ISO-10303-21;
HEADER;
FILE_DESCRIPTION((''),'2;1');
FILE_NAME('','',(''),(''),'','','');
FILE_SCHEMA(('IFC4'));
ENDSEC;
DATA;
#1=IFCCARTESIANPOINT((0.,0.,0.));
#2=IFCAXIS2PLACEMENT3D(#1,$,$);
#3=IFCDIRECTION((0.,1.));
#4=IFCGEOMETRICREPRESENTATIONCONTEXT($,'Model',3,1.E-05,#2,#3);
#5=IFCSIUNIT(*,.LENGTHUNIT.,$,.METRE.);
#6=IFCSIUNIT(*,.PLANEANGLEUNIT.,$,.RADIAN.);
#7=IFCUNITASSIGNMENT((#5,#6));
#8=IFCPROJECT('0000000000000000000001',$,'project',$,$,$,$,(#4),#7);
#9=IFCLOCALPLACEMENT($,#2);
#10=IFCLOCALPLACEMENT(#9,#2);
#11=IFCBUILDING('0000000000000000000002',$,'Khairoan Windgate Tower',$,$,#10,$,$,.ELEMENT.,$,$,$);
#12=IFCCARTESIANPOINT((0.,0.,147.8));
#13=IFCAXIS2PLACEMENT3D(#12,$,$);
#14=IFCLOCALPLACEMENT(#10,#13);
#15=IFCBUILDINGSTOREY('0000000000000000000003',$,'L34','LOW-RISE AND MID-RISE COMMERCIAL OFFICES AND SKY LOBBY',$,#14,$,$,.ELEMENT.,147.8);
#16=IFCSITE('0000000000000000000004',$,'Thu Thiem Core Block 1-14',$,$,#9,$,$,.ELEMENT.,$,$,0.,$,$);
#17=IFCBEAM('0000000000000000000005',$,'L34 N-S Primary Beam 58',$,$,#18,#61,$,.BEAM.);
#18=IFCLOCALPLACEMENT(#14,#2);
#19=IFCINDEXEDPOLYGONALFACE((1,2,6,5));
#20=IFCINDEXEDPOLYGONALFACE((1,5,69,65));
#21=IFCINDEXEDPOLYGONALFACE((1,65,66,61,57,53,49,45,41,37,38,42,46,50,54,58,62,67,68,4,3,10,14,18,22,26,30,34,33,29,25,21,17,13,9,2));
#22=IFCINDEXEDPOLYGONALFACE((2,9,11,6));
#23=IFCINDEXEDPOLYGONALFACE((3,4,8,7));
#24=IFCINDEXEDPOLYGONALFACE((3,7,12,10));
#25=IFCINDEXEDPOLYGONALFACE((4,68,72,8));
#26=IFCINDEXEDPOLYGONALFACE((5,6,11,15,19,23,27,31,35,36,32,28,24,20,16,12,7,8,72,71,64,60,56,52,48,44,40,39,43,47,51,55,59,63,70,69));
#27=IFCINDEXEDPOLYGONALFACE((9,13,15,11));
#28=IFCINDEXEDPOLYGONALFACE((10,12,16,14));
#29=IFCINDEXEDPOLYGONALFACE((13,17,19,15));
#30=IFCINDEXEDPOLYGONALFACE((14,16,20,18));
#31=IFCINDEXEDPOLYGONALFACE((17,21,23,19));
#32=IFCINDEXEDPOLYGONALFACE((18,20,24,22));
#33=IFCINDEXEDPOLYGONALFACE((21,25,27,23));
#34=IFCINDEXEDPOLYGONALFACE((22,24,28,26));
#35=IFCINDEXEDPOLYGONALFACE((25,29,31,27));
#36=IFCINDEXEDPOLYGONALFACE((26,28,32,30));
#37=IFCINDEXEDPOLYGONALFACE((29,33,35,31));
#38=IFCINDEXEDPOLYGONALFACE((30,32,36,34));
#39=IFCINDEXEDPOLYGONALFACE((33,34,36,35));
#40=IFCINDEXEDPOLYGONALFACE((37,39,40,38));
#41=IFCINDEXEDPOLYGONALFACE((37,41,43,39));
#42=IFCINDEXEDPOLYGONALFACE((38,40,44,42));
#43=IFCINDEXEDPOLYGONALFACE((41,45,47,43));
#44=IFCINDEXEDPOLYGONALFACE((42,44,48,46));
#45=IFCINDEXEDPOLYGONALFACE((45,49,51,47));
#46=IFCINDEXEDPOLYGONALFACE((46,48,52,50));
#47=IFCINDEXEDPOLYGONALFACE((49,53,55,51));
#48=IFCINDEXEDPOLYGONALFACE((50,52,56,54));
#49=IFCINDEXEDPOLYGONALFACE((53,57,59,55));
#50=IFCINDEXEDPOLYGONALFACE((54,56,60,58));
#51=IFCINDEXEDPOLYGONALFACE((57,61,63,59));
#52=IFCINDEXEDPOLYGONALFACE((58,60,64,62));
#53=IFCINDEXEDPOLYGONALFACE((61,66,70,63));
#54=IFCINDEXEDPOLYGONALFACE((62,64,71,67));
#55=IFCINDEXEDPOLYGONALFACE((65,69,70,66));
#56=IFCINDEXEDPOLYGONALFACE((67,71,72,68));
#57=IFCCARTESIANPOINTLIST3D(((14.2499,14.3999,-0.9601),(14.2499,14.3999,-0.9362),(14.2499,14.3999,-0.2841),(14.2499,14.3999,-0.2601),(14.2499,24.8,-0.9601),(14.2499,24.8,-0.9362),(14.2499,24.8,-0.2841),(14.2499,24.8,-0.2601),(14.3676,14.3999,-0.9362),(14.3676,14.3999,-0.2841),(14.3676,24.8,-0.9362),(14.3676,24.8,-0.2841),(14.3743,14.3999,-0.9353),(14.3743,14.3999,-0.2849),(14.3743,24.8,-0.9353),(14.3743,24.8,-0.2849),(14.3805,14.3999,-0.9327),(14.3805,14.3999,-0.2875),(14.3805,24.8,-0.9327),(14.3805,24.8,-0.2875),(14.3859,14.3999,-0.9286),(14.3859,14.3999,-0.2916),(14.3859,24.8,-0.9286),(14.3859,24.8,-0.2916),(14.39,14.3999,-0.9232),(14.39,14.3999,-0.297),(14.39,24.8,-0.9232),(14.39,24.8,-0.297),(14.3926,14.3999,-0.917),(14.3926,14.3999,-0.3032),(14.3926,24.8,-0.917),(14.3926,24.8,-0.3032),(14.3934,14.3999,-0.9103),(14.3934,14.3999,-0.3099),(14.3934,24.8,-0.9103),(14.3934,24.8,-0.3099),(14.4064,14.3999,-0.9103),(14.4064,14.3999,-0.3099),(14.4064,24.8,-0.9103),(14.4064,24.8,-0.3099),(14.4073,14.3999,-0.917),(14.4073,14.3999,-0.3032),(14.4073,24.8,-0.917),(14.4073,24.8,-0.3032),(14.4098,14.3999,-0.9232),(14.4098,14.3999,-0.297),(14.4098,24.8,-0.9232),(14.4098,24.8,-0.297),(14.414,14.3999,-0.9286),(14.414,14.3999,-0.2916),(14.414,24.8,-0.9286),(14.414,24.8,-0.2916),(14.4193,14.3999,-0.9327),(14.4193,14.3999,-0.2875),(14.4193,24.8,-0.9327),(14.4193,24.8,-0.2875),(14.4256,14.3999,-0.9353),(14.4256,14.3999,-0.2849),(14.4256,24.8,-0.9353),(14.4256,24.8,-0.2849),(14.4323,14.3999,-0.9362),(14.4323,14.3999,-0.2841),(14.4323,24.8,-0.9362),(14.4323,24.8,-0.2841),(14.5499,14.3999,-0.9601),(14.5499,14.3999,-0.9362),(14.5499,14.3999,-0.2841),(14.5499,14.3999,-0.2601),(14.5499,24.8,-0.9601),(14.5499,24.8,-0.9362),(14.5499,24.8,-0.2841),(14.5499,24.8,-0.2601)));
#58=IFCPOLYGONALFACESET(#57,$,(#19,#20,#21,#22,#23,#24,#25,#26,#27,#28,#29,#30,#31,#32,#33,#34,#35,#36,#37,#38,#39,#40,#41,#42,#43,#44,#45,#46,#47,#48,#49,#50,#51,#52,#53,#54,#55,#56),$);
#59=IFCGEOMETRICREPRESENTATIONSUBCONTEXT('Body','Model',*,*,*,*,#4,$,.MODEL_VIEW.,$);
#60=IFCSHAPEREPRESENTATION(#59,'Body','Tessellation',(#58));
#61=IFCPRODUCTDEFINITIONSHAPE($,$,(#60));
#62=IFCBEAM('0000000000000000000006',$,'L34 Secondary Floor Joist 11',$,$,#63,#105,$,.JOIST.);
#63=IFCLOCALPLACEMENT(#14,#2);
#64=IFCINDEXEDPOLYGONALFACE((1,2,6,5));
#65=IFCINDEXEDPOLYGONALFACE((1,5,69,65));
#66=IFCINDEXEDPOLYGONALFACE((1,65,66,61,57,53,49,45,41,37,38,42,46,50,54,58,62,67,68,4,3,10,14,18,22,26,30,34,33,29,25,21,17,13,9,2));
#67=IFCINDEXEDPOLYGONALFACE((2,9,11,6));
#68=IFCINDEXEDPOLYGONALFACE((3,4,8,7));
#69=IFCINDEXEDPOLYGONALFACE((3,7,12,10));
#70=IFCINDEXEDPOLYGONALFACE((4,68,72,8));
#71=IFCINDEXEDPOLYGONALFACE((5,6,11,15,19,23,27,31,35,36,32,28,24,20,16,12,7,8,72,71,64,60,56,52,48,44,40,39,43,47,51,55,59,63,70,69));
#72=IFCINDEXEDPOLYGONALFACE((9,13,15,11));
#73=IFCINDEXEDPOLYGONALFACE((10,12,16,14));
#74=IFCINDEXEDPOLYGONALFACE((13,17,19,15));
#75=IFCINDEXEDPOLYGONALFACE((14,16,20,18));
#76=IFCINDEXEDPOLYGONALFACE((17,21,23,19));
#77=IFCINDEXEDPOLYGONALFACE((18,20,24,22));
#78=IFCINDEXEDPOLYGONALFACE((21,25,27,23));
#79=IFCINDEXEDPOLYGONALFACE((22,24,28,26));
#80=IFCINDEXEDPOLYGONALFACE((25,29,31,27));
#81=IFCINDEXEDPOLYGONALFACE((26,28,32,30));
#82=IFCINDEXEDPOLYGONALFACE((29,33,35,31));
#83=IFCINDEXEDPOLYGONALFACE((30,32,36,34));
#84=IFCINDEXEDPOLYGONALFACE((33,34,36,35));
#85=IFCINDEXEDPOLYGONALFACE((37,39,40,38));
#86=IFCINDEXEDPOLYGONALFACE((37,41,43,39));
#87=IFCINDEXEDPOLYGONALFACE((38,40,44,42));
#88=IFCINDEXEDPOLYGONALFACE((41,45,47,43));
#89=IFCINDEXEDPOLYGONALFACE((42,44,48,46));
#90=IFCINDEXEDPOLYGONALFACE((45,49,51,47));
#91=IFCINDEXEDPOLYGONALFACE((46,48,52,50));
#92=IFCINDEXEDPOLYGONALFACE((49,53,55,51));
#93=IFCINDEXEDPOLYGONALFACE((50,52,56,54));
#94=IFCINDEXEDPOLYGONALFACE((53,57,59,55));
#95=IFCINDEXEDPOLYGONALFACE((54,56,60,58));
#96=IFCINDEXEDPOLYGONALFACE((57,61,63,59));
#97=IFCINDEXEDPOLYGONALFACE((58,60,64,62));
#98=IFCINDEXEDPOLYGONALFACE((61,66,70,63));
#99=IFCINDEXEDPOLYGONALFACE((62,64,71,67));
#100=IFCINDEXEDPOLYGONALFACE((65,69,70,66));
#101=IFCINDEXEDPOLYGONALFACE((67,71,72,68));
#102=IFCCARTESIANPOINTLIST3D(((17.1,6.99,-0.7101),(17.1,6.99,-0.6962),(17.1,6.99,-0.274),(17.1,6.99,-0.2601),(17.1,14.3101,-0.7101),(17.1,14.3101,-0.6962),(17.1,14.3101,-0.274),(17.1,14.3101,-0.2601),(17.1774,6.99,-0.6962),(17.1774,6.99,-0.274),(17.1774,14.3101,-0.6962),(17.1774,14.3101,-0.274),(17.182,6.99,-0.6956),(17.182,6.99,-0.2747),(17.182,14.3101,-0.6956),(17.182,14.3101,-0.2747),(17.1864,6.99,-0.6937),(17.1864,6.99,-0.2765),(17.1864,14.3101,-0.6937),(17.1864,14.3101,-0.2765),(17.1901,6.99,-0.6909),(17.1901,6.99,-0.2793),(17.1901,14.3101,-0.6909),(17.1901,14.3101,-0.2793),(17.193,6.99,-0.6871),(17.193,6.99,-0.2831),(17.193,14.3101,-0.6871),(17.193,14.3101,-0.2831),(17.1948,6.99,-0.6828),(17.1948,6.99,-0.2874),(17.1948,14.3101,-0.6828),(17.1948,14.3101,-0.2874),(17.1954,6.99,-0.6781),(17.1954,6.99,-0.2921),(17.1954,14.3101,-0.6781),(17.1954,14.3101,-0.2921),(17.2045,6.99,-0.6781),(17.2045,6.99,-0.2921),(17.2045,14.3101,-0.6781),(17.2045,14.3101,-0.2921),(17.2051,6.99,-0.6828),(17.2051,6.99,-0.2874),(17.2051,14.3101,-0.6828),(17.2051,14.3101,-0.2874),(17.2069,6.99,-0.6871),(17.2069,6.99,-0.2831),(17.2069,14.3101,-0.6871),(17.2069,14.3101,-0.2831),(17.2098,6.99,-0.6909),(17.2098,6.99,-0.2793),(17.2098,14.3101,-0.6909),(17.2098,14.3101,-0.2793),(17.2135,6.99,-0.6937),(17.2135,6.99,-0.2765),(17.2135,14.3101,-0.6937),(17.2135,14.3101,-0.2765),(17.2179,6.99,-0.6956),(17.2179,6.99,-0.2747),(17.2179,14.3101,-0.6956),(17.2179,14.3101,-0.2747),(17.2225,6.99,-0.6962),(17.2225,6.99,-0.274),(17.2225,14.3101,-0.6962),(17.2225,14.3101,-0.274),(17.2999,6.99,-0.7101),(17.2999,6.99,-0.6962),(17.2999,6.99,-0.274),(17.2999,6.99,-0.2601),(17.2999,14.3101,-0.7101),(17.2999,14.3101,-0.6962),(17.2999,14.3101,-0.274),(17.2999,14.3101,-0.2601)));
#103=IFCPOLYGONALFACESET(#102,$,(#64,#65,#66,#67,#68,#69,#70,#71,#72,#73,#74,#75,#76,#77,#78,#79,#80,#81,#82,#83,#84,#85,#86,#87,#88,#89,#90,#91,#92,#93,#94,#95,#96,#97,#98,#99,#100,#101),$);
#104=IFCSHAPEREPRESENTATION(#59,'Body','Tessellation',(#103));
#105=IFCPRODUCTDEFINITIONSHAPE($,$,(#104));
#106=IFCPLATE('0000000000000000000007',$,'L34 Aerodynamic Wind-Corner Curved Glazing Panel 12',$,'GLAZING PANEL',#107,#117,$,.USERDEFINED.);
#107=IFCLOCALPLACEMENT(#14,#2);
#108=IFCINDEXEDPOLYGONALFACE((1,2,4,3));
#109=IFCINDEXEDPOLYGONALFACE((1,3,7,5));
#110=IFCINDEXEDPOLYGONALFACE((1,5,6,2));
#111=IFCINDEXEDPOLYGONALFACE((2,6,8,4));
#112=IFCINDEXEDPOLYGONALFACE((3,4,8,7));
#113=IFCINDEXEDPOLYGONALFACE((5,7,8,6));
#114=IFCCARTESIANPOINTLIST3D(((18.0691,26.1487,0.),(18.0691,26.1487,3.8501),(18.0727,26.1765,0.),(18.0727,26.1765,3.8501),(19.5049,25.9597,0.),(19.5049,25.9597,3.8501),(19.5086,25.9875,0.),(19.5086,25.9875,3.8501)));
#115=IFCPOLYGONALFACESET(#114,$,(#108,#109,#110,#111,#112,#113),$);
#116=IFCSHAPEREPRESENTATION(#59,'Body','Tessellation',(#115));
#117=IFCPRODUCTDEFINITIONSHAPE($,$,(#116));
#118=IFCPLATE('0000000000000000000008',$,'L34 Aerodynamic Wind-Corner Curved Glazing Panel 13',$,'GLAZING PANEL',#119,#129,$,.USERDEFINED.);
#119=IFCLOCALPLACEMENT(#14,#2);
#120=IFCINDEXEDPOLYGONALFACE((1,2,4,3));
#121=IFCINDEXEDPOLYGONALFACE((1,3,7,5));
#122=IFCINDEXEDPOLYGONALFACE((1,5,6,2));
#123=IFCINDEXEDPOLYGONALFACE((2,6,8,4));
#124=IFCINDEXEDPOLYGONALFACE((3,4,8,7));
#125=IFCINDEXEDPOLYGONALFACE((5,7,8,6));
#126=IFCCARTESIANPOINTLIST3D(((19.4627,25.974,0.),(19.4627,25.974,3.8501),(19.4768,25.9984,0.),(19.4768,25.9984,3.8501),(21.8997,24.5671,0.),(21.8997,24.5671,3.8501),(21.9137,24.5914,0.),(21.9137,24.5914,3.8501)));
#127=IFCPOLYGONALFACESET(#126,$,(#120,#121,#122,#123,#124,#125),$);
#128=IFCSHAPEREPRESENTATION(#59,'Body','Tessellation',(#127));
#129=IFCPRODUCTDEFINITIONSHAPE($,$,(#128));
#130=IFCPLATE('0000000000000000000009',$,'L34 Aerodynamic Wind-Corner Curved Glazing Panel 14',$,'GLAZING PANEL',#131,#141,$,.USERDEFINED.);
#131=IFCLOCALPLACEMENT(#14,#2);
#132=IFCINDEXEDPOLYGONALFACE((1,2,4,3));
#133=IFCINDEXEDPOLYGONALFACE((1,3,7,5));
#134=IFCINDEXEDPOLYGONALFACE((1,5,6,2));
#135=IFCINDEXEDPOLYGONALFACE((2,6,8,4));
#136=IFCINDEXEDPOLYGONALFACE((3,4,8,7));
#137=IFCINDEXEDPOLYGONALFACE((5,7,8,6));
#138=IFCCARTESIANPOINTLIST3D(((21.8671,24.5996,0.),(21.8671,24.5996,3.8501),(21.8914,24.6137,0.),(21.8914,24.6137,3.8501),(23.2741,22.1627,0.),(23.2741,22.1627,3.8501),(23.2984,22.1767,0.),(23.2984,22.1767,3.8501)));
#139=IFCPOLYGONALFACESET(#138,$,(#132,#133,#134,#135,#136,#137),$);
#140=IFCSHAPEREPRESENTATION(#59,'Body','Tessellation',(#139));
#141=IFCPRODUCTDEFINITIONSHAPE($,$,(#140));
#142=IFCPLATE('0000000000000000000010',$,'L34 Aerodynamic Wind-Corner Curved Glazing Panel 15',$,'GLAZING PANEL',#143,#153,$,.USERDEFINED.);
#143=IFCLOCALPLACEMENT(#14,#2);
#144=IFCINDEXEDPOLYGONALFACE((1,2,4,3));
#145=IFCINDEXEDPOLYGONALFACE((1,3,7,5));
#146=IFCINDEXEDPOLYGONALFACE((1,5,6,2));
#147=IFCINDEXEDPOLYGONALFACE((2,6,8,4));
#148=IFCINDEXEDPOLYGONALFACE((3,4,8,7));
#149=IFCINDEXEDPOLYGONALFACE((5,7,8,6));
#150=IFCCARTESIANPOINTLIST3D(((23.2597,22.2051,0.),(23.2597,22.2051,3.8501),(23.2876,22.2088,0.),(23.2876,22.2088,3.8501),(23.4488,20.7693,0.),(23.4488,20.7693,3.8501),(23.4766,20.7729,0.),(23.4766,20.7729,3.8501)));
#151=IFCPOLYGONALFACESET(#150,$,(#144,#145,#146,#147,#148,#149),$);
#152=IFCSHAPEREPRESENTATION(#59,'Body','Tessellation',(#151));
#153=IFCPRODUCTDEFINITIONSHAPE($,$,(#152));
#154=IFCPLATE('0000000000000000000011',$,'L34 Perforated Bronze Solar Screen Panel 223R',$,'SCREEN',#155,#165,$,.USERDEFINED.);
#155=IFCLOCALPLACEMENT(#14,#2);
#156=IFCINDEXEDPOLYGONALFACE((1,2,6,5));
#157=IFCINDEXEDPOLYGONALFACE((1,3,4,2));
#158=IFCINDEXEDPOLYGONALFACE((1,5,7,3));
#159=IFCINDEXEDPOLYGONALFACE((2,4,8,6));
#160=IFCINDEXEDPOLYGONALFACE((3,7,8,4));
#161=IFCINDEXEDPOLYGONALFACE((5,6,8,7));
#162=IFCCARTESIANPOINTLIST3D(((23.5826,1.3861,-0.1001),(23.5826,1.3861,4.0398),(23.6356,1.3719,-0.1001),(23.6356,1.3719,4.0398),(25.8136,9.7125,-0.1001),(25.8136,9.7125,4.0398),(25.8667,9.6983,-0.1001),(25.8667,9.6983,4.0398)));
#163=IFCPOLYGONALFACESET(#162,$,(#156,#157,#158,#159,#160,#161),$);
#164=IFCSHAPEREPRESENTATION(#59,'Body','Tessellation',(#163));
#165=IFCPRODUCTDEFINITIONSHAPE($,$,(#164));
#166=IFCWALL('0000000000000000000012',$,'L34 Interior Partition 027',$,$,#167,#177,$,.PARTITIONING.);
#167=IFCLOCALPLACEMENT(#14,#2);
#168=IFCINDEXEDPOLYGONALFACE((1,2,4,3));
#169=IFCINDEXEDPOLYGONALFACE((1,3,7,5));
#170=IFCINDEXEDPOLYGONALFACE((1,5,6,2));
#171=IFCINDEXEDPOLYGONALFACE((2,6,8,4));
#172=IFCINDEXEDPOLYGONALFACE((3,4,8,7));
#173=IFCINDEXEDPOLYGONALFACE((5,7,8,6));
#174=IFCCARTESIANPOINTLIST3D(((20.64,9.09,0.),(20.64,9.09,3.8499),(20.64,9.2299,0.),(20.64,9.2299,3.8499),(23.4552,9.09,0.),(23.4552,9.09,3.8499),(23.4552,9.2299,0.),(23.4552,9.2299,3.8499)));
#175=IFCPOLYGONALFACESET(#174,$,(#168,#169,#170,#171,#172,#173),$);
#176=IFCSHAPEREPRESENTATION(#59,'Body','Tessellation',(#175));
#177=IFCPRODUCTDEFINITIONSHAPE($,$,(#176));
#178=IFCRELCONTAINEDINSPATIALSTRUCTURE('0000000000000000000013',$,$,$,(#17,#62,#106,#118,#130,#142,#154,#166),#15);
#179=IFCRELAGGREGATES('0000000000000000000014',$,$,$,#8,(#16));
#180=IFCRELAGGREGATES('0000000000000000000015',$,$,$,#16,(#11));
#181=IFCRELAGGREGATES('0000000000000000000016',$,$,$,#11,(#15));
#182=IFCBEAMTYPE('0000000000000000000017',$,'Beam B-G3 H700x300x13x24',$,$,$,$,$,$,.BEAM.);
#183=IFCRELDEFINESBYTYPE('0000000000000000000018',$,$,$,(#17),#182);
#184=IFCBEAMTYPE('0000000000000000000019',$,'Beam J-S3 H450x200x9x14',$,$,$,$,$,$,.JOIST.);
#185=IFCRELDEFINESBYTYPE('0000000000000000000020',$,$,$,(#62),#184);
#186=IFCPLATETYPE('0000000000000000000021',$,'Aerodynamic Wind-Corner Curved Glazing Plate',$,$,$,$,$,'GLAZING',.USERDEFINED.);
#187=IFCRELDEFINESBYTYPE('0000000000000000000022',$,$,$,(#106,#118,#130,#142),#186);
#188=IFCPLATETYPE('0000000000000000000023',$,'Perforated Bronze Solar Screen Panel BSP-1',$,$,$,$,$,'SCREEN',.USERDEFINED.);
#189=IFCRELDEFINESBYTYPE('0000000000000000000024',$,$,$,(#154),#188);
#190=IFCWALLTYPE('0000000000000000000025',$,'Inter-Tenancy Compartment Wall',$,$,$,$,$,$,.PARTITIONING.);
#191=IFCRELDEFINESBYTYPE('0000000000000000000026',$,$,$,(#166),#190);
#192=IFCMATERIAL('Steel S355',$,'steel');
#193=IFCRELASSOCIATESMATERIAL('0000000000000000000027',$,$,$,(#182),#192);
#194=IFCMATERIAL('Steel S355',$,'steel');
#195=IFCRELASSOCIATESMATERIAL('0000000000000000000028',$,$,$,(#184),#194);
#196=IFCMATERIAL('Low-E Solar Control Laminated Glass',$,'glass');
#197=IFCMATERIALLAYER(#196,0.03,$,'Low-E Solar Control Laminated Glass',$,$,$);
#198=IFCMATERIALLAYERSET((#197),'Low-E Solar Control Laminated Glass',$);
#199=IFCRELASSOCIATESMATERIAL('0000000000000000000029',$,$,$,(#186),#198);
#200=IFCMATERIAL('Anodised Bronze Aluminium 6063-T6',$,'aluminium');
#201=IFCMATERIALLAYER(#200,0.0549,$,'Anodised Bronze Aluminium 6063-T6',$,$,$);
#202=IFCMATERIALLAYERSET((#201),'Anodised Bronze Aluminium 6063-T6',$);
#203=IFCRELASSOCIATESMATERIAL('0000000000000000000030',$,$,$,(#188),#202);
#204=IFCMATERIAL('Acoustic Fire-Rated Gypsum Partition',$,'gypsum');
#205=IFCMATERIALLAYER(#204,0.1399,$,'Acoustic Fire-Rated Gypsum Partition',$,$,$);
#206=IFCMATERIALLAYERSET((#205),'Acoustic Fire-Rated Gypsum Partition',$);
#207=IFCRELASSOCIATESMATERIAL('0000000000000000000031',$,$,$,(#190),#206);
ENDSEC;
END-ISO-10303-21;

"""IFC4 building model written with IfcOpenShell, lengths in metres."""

from ifc_helpers import new_model, si_unit, direction, frame, frame_2d, origin, origin_2d, place, context, subcontext, project, spatial, rectangle, i_section, extrude, material, layer, layer_set, material_profile, profile_set, type_object, element, save


model = new_model("IFC4")

# Units and contexts
model_context = context("Model", 3, precision=1e-05, world=origin(), true_north=direction((0.0, 1.0)))
body_context = subcontext(model_context, "Body", "Model", "MODEL_VIEW")
ifc_project = project(units=[si_unit("LENGTHUNIT", "METRE"), si_unit("PLANEANGLEUNIT", "RADIAN")], contexts=[model_context])

# Site, building, storey
site_placement = place(None, origin())
site = spatial("IfcSite", under=ifc_project, at=site_placement, Name="Thu Thiem Core Block 1-14", CompositionType="ELEMENT", RefElevation=0.0)
building_placement = place(site_placement, origin())
building = spatial("IfcBuilding", under=site, at=building_placement, Name="Khairoan Windgate Tower", CompositionType="ELEMENT")
storey_placement = place(building_placement, frame((0.0, 0.0, 147.8)))
storey = spatial("IfcBuildingStorey", under=building, at=storey_placement, Name="L34", Description="LOW-RISE AND MID-RISE COMMERCIAL OFFICES AND SKY LOBBY", CompositionType="ELEMENT", Elevation=147.8)

# Beams
ifc_material_1 = material(Name="Steel S355", Category="steel")
ifc_material_profile_1 = material_profile(ifc_material_1, i_section(OverallWidth=0.3, OverallDepth=0.7, WebThickness=0.0129, FlangeThickness=0.0239, FilletRadius=0.0259, at=origin_2d()))
ifc_profile_set_1 = profile_set([ifc_material_profile_1], Name="Steel S355")
beam_type_1 = type_object("IfcBeamType", Name="Beam B-G3 H700x300x13x24", PredefinedType="BEAM", material=ifc_profile_set_1)
beam_1_placement = place(storey_placement, frame((14.3999, 14.3999, -0.6101), z_axis=(0.0, 1.0, 0.0), x_axis=(-1.0, 0.0, 0.0)))
element("IfcBeam", 1, at=beam_1_placement, inside=storey, type_object=beam_type_1, Name="L34 N-S Primary Beam 58", PredefinedType="BEAM", context=body_context, shape_type="SweptSolid", body=[
    extrude(i_section(OverallWidth=0.3, OverallDepth=0.7, WebThickness=0.0129, FlangeThickness=0.0239, FilletRadius=0.0259, at=origin_2d()), origin(), (0.0, 0.0, 1.0), 10.4001),
])
ifc_material_2 = material(Name="Steel S355", Category="steel")
ifc_material_profile_2 = material_profile(ifc_material_2, i_section(OverallWidth=0.2, OverallDepth=0.45, WebThickness=0.009, FlangeThickness=0.0139, FilletRadius=0.0181, at=origin_2d()))
ifc_profile_set_2 = profile_set([ifc_material_profile_2], Name="Steel S355")
beam_type_2 = type_object("IfcBeamType", Name="Beam J-S3 H450x200x9x14", PredefinedType="JOIST", material=ifc_profile_set_2)
beam_2_placement = place(storey_placement, frame((17.2, 6.99, -0.4851), z_axis=(0.0, 1.0, 0.0), x_axis=(-1.0, 0.0, 0.0)))
element("IfcBeam", 2, at=beam_2_placement, inside=storey, type_object=beam_type_2, Name="L34 Secondary Floor Joist 11", PredefinedType="JOIST", context=body_context, shape_type="SweptSolid", body=[
    extrude(i_section(OverallWidth=0.2, OverallDepth=0.45, WebThickness=0.009, FlangeThickness=0.0139, FilletRadius=0.0181, at=origin_2d()), origin(), (0.0, 0.0, 1.0), 7.3201),
])

# Plates
ifc_material_3 = material(Name="Low-E Solar Control Laminated Glass", Category="glass")
ifc_layer_1 = layer(ifc_material_3, 0.03, Name="Low-E Solar Control Laminated Glass")
ifc_layer_set_1 = layer_set([ifc_layer_1], Name="Low-E Solar Control Laminated Glass")
plate_type_1 = type_object("IfcPlateType", Name="Aerodynamic Wind-Corner Curved Glazing Plate", ElementType="GLAZING", PredefinedType="USERDEFINED", material=ifc_layer_set_1)
plate_1_placement = place(storey_placement, frame((18.7888, 26.0681, 0.0), z_axis=(0.0, 0.0, 1.0), x_axis=(0.991445, -0.130526, 0.0)))
element("IfcPlate", 3, at=plate_1_placement, inside=storey, type_object=plate_type_1, Name="L34 Aerodynamic Wind-Corner Curved Glazing Panel 12", ObjectType="GLAZING PANEL", PredefinedType="USERDEFINED", context=body_context, shape_type="SweptSolid", body=[
    extrude(rectangle(XDim=1.4482, YDim=0.0281, at=origin_2d()), origin(), (0.0, 0.0, 1.0), 3.8501),
])
for number, where, z_axis, x_axis, name in (
    (4, (20.6882, 25.2827, 0.0), (0.0, 0.0, 1.0), (0.866025, -0.5, 0.0), "L34 Aerodynamic Wind-Corner Curved Glazing Panel 13"),
    (5, (22.5828, 23.3882, 0.0), (0.0, 0.0, 1.0), (0.5, -0.866025, 0.0), "L34 Aerodynamic Wind-Corner Curved Glazing Panel 14"),
):
    element("IfcPlate", number, at=place(storey_placement, frame(where, z_axis=z_axis, x_axis=x_axis)), inside=storey, type_object=plate_type_1, Name=name, ObjectType="GLAZING PANEL", PredefinedType="USERDEFINED", context=body_context, shape_type="SweptSolid", body=[
        extrude(rectangle(XDim=2.814, YDim=0.0281, at=origin_2d()), origin(), (0.0, 0.0, 1.0), 3.8501),
    ])
plate_2_placement = place(storey_placement, frame((23.3682, 21.489, 0.0), z_axis=(0.0, 0.0, 1.0), x_axis=(0.130526, -0.991445, 0.0)))
element("IfcPlate", 6, at=plate_2_placement, inside=storey, type_object=plate_type_1, Name="L34 Aerodynamic Wind-Corner Curved Glazing Panel 15", ObjectType="GLAZING PANEL", PredefinedType="USERDEFINED", context=body_context, shape_type="SweptSolid", body=[
    extrude(rectangle(XDim=1.4482, YDim=0.0281, at=origin_2d()), origin(), (0.0, 0.0, 1.0), 3.8501),
])

# Plate
ifc_material_4 = material(Name="Anodised Bronze Aluminium 6063-T6", Category="aluminium")
ifc_layer_2 = layer(ifc_material_4, 0.0549, Name="Anodised Bronze Aluminium 6063-T6")
ifc_layer_set_2 = layer_set([ifc_layer_2], Name="Anodised Bronze Aluminium 6063-T6")
plate_type_2 = type_object("IfcPlateType", Name="Perforated Bronze Solar Screen Panel BSP-1", ElementType="SCREEN", PredefinedType="USERDEFINED", material=ifc_layer_set_2)
plate_3_placement = place(storey_placement, frame((24.7246, 5.5422, -0.1001), z_axis=(0.0, 0.0, 1.0), x_axis=(-0.258819, -0.965926, 0.0)))
element("IfcPlate", 7, at=plate_3_placement, inside=storey, type_object=plate_type_2, Name="L34 Perforated Bronze Solar Screen Panel 223R", ObjectType="SCREEN", PredefinedType="USERDEFINED", context=body_context, shape_type="SweptSolid", body=[
    extrude(rectangle(XDim=8.6201, YDim=0.0549, at=origin_2d()), origin(), (0.0, 0.0, 1.0), 4.1399),
])

# Wall
ifc_material_5 = material(Name="Acoustic Fire-Rated Gypsum Partition", Category="gypsum")
ifc_layer_3 = layer(ifc_material_5, 0.1399, Name="Acoustic Fire-Rated Gypsum Partition")
ifc_layer_set_3 = layer_set([ifc_layer_3], Name="Acoustic Fire-Rated Gypsum Partition")
wall_type_1 = type_object("IfcWallType", Name="Inter-Tenancy Compartment Wall", PredefinedType="PARTITIONING", material=ifc_layer_set_3)
wall_1_placement = place(storey_placement, frame((20.6399, 9.1599, 0.0), z_axis=(0.0, 0.0, 1.0), x_axis=(1.0, 0.0, 0.0)))
element("IfcWall", 8, at=wall_1_placement, inside=storey, type_object=wall_type_1, Name="L34 Interior Partition 027", PredefinedType="PARTITIONING", context=body_context, shape_type="SweptSolid", body=[
    extrude(rectangle(XDim=2.8152, YDim=0.1399, at=frame_2d((1.4077, 0.0))), origin(), (0.0, 0.0, 1.0), 3.8499),
])

save(model, "model.ifc")
